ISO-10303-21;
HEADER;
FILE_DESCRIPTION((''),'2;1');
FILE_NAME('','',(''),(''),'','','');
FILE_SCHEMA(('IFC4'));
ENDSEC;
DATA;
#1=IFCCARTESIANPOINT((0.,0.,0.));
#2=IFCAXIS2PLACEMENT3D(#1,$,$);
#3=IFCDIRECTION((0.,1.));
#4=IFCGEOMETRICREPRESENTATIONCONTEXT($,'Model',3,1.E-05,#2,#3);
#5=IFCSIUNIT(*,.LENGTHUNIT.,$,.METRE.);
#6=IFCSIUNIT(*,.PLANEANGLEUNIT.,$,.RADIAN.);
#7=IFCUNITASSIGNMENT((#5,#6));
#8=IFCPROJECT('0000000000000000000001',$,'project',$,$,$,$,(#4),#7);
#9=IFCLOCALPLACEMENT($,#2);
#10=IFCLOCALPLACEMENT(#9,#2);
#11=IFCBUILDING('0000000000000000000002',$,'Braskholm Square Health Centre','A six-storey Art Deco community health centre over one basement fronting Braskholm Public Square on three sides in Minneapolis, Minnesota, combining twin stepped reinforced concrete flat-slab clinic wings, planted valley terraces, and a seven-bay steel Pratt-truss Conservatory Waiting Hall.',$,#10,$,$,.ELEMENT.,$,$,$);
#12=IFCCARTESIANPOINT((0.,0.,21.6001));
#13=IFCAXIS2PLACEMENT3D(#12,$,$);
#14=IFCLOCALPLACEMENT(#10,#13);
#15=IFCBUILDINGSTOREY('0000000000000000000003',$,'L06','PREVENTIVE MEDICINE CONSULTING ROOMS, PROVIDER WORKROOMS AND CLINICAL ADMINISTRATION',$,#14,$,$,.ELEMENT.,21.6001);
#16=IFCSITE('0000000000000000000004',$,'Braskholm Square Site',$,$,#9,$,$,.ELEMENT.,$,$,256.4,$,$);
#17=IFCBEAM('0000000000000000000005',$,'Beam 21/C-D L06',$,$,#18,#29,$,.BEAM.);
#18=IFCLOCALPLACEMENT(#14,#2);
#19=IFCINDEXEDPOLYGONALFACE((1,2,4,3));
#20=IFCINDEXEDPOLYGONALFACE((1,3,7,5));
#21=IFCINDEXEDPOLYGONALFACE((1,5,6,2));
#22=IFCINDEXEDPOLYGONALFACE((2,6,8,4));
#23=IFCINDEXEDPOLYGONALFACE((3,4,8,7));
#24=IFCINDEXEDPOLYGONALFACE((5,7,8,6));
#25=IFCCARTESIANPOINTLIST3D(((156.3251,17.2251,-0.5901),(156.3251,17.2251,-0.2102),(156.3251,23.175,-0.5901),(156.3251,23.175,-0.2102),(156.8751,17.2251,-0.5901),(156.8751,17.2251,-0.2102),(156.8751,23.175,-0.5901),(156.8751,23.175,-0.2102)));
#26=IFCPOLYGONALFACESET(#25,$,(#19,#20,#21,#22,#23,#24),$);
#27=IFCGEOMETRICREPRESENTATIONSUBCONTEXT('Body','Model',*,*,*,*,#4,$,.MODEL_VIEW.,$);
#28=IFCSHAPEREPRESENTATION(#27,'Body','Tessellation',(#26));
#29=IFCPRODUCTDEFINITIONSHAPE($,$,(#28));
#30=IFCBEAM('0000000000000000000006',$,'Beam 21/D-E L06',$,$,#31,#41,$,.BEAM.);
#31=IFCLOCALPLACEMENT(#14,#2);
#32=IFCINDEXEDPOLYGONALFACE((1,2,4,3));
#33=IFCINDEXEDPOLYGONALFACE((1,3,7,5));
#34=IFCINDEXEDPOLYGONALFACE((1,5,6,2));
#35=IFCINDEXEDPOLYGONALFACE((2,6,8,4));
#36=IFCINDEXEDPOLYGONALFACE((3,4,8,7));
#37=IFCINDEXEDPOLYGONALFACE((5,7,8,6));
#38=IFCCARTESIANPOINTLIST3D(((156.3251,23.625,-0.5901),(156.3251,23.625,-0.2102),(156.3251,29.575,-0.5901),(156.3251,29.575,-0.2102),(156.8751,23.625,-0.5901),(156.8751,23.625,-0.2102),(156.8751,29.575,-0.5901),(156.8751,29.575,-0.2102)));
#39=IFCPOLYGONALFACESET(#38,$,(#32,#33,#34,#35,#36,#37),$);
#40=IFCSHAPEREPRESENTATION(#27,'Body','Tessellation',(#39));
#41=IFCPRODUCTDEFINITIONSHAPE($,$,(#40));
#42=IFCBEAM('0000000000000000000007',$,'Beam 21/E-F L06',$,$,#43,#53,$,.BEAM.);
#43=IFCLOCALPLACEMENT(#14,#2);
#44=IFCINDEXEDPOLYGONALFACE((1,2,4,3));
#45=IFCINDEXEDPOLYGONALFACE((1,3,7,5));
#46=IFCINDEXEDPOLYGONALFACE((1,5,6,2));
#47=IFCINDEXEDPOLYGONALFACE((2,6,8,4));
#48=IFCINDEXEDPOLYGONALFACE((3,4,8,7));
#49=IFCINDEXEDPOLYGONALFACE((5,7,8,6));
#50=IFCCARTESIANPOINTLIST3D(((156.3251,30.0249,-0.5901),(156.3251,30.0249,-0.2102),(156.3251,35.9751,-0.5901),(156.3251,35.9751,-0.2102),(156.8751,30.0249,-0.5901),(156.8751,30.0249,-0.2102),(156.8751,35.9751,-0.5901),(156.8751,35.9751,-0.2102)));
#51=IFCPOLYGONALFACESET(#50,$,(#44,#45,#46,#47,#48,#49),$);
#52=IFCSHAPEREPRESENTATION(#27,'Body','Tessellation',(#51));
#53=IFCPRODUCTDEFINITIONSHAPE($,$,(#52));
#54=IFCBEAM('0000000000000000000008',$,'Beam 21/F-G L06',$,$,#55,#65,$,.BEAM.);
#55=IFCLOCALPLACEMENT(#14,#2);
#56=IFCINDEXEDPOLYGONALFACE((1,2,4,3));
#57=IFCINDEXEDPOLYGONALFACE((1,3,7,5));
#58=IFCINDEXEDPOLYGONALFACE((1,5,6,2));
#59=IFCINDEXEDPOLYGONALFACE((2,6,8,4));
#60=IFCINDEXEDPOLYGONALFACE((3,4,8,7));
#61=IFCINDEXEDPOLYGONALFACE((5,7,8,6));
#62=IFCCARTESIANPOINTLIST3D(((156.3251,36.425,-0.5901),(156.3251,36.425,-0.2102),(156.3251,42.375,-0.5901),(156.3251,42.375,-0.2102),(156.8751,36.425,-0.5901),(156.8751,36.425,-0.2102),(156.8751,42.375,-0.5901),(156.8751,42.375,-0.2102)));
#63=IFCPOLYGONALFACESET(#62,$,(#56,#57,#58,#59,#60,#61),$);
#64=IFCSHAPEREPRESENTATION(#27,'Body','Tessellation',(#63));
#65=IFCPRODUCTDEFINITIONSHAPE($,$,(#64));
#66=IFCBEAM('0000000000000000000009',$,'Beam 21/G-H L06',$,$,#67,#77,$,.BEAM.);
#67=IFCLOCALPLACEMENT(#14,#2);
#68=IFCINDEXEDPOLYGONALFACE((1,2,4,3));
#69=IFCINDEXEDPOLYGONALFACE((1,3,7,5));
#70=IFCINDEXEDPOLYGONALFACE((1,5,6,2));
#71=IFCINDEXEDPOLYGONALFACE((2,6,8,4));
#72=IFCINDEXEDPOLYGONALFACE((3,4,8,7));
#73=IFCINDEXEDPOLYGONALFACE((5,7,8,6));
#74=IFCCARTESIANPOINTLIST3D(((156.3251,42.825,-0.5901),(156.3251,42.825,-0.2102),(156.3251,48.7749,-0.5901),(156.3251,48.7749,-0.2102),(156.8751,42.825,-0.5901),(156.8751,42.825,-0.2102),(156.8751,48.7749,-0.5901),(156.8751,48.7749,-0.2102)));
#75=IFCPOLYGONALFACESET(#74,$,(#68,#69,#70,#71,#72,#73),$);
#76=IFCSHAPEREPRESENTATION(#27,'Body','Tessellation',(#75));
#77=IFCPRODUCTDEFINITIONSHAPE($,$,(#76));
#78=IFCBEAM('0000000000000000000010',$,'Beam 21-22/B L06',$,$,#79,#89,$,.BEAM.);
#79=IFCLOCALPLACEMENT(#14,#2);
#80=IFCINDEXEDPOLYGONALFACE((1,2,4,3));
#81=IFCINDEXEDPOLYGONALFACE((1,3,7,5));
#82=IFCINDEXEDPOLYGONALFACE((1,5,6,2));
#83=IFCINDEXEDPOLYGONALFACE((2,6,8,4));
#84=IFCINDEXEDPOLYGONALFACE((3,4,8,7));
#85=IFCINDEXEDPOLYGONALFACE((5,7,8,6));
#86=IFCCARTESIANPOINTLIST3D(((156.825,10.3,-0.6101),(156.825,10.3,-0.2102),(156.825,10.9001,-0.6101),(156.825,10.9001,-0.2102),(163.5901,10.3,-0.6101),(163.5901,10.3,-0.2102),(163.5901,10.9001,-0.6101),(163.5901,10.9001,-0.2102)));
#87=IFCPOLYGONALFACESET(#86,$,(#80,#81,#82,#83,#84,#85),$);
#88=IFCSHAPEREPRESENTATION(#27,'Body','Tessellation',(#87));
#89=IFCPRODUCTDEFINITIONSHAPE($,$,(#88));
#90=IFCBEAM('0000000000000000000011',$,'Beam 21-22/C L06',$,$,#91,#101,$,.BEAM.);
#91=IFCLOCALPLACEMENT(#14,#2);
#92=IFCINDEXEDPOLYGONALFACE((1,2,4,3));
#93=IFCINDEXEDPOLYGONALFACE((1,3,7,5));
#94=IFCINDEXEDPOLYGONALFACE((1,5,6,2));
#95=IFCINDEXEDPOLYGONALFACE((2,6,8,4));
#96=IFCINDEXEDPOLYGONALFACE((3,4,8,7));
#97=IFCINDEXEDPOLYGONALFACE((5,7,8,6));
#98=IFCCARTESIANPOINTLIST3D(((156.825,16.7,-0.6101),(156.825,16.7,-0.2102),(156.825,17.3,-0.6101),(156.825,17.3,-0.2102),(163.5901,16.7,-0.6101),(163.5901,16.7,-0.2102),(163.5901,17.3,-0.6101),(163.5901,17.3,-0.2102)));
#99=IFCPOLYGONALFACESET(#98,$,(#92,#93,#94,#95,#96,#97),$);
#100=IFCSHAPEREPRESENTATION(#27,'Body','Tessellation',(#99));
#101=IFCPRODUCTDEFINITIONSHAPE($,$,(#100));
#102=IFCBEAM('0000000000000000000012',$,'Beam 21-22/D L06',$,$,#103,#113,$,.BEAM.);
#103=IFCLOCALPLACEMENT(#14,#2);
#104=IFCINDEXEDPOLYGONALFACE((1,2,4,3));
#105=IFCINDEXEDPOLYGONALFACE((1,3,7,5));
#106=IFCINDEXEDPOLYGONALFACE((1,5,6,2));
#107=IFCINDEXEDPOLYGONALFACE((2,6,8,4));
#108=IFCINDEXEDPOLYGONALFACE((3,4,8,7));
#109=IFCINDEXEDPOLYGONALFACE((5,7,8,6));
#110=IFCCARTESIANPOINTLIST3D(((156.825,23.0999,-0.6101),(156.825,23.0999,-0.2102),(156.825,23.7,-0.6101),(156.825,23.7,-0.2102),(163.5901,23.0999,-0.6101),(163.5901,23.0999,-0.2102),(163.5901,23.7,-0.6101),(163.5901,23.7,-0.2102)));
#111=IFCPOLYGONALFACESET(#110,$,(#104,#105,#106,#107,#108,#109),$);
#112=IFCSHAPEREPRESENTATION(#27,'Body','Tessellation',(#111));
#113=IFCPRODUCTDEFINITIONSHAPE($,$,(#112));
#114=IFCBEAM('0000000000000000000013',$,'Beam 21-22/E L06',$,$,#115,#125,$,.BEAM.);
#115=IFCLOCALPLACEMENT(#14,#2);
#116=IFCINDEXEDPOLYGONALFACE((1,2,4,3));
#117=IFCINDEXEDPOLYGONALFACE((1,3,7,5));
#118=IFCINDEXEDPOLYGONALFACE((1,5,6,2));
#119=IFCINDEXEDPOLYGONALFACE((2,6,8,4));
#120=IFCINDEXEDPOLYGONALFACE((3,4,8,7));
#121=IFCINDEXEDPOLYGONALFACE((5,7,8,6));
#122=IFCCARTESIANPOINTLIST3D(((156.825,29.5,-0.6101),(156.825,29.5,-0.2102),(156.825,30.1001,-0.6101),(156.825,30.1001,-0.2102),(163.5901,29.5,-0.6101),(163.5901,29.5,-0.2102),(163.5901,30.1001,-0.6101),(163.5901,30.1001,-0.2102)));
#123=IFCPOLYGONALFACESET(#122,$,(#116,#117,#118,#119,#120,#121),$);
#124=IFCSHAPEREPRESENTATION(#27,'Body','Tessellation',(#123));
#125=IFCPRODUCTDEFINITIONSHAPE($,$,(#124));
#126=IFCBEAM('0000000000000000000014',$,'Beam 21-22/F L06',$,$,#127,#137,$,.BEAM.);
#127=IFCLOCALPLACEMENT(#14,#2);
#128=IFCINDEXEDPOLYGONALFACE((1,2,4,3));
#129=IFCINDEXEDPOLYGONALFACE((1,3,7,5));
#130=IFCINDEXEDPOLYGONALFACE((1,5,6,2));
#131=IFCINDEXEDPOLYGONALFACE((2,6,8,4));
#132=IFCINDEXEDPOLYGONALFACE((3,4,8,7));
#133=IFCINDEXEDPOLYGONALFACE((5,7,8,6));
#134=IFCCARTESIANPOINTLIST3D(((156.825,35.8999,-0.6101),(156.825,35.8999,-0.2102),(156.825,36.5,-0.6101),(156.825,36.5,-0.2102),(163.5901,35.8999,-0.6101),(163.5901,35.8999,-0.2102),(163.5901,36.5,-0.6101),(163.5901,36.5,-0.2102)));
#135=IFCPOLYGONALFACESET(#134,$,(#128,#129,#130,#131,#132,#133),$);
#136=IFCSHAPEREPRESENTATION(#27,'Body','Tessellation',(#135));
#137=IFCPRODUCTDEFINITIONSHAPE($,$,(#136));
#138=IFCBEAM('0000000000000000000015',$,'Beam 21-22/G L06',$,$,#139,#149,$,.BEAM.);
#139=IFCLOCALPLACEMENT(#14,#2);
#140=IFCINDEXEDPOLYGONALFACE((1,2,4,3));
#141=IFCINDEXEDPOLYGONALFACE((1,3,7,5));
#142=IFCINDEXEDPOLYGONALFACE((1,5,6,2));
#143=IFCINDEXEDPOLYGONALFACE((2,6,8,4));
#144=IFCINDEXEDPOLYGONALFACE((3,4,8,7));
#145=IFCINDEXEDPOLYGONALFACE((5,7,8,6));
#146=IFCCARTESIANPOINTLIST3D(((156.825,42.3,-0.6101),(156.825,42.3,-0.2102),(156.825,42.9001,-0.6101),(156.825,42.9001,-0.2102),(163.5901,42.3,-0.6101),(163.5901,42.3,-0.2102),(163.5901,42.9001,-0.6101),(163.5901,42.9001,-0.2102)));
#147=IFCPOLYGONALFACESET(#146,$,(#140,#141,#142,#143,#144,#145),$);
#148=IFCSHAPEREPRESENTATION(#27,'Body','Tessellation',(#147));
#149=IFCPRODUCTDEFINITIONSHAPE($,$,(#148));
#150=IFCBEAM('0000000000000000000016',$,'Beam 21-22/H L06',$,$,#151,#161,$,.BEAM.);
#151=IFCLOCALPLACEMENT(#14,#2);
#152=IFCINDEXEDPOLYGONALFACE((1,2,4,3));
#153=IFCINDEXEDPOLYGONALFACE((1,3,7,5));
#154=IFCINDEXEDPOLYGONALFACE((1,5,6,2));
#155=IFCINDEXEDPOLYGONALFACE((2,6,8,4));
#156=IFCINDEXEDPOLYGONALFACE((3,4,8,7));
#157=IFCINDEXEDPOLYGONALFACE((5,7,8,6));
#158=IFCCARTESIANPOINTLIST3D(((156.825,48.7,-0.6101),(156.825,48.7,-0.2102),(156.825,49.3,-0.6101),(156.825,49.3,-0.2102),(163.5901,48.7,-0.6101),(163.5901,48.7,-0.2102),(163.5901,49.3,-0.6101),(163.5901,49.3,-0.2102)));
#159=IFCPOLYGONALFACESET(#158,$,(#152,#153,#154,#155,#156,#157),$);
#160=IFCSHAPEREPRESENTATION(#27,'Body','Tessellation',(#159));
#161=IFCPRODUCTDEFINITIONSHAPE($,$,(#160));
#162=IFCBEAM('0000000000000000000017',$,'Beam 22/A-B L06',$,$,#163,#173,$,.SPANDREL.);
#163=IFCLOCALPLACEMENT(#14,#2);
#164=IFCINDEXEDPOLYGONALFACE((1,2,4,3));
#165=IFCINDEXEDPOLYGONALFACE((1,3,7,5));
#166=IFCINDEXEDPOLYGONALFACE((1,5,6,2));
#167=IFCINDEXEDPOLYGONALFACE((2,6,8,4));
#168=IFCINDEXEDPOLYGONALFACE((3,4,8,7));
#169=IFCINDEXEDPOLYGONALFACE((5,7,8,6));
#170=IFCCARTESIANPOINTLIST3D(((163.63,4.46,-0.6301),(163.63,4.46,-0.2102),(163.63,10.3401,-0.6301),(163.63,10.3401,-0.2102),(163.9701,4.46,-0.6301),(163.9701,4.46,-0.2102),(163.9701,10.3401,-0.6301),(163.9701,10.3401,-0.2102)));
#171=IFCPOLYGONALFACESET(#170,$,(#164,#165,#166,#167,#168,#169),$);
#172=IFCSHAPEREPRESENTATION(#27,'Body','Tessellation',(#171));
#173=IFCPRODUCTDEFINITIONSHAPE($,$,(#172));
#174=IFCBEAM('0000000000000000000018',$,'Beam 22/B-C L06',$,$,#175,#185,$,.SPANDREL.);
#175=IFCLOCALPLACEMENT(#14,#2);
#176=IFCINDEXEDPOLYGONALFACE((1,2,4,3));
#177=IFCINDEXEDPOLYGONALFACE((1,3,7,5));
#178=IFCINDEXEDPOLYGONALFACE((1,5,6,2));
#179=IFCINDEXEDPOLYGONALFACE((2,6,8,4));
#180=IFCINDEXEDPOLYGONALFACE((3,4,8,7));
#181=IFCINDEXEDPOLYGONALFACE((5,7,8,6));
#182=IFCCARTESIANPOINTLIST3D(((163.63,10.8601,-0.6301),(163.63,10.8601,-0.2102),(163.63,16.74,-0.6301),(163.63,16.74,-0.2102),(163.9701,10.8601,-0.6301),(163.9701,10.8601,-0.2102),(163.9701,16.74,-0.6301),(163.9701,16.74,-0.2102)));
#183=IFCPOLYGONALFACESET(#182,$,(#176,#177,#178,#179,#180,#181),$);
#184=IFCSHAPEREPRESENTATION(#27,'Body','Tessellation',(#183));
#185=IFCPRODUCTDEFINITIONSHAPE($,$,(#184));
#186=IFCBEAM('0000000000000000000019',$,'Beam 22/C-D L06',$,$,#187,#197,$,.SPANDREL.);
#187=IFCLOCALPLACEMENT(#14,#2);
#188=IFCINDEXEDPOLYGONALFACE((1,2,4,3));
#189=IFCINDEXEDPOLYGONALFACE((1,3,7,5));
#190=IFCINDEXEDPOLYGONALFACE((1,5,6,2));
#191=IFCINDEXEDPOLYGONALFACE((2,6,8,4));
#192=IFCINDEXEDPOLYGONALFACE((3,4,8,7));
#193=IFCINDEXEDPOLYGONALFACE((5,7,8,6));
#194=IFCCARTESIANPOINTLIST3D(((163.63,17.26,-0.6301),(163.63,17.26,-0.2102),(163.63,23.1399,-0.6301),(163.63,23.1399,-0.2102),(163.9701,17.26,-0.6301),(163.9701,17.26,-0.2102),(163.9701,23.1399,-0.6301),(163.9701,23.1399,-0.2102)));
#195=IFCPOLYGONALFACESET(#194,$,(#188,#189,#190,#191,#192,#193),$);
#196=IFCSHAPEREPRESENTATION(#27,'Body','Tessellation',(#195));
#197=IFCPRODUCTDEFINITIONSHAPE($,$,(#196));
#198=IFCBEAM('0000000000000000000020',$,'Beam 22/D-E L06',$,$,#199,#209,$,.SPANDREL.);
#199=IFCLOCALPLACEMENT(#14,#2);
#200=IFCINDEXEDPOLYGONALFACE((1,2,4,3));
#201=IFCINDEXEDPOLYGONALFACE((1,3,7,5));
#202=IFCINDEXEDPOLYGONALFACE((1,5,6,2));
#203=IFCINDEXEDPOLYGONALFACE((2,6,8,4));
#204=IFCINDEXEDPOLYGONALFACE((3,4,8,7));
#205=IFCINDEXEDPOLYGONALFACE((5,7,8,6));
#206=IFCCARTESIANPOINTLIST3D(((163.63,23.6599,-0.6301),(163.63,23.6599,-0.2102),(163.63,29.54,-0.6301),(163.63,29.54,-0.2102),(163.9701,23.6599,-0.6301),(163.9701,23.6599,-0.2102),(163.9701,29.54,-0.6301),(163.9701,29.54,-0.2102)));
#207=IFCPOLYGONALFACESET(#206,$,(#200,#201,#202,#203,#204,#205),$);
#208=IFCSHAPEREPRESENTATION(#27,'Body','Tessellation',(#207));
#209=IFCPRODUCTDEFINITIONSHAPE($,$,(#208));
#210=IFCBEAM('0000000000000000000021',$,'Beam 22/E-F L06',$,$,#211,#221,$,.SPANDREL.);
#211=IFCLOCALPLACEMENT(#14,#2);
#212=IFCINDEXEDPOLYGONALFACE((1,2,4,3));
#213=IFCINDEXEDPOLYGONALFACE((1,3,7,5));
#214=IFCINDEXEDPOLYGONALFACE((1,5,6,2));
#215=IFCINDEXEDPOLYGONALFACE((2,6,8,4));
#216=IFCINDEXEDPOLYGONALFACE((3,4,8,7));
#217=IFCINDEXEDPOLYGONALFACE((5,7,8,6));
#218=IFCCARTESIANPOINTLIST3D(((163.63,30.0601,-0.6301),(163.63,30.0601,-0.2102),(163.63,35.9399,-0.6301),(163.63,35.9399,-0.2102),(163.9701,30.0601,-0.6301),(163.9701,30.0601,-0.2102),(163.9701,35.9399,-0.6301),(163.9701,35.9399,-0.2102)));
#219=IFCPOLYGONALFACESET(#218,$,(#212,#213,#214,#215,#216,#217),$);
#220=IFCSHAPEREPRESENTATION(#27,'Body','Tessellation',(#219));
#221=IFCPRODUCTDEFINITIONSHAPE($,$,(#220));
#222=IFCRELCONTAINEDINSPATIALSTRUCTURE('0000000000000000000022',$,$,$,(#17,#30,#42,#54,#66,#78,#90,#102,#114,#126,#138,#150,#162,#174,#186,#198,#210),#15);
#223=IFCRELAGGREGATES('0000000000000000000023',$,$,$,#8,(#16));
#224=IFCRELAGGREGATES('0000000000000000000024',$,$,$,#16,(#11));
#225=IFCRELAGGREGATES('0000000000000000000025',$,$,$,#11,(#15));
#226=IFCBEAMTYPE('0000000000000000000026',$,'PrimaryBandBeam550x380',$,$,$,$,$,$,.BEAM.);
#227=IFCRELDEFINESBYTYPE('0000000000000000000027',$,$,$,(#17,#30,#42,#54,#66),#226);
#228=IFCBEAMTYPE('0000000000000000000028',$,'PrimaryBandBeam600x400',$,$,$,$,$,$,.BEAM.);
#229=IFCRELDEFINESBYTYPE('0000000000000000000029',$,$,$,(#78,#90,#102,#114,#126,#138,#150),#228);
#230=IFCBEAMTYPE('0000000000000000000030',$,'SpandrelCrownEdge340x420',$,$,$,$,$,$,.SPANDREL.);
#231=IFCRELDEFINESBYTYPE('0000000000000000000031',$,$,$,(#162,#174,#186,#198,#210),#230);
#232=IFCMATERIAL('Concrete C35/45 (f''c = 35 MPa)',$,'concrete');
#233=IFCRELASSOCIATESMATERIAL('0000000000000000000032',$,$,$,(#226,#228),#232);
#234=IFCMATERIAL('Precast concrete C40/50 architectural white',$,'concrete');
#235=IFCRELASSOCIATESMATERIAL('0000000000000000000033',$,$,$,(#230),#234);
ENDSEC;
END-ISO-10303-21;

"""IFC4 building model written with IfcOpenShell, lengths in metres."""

from ifc_helpers import new_model, si_unit, direction, frame, origin, origin_2d, place, context, subcontext, project, spatial, rectangle, extrude, material, material_profile, profile_set, type_object, element, save


model = new_model("IFC4")

# Units and contexts
model_context = context("Model", 3, precision=1e-05, world=origin(), true_north=direction((0.0, 1.0)))
body_context = subcontext(model_context, "Body", "Model", "MODEL_VIEW")
ifc_project = project(units=[si_unit("LENGTHUNIT", "METRE"), si_unit("PLANEANGLEUNIT", "RADIAN")], contexts=[model_context])

# Site, building, storey
site_placement = place(None, origin())
site = spatial("IfcSite", under=ifc_project, at=site_placement, Name="Braskholm Square Site", CompositionType="ELEMENT", RefElevation=256.4)
building_placement = place(site_placement, origin())
building = spatial("IfcBuilding", under=site, at=building_placement, Name="Braskholm Square Health Centre", Description="A six-storey Art Deco community health centre over one basement fronting Braskholm Public Square on three sides in Minneapolis, Minnesota, combining twin stepped reinforced concrete flat-slab clinic wings, planted valley terraces, and a seven-bay steel Pratt-truss Conservatory Waiting Hall.", CompositionType="ELEMENT")
storey_placement = place(building_placement, frame((0.0, 0.0, 21.6001)))
storey = spatial("IfcBuildingStorey", under=building, at=storey_placement, Name="L06", Description="PREVENTIVE MEDICINE CONSULTING ROOMS, PROVIDER WORKROOMS AND CLINICAL ADMINISTRATION", CompositionType="ELEMENT", Elevation=21.6001)

# Beams
ifc_material_1 = material(Name="Concrete C35/45 (f'c = 35 MPa)", Category="concrete")
ifc_material_profile_1 = material_profile(ifc_material_1, rectangle(XDim=0.55, YDim=0.3799, at=origin_2d()), Name="RCB-550X380")
ifc_profile_set_1 = profile_set([ifc_material_profile_1], Name="Concrete C35/45 (f'c = 35 MPa)")
beam_type_1 = type_object("IfcBeamType", Name="PrimaryBandBeam550x380", PredefinedType="BEAM", material=ifc_profile_set_1)
for number, where, z_axis, x_axis, name in (
    (1, (156.6001, 17.2251, -0.4001), (0.0, 1.0, 0.0), (-1.0, 0.0, 0.0), "Beam 21/C-D L06"),
    (2, (156.6001, 23.625, -0.4001), (0.0, 1.0, 0.0), (-1.0, 0.0, 0.0), "Beam 21/D-E L06"),
):
    element("IfcBeam", number, at=place(storey_placement, frame(where, z_axis=z_axis, x_axis=x_axis)), inside=storey, type_object=beam_type_1, Name=name, PredefinedType="BEAM", context=body_context, shape_type="SweptSolid", body=[
        extrude(rectangle(XDim=0.55, YDim=0.3799, at=origin_2d()), origin(), (0.0, 0.0, 1.0), 5.95),
    ])
beam_1_placement = place(storey_placement, frame((156.6001, 30.0249, -0.4001), z_axis=(0.0, 1.0, 0.0), x_axis=(-1.0, 0.0, 0.0)))
element("IfcBeam", 3, at=beam_1_placement, inside=storey, type_object=beam_type_1, Name="Beam 21/E-F L06", PredefinedType="BEAM", context=body_context, shape_type="SweptSolid", body=[
    extrude(rectangle(XDim=0.55, YDim=0.3799, at=origin_2d()), origin(), (0.0, 0.0, 1.0), 5.9502),
])
for number, where, z_axis, x_axis, name in (
    (4, (156.6001, 36.425, -0.4001), (0.0, 1.0, 0.0), (-1.0, 0.0, 0.0), "Beam 21/F-G L06"),
    (5, (156.6001, 42.825, -0.4001), (0.0, 1.0, 0.0), (-1.0, 0.0, 0.0), "Beam 21/G-H L06"),
):
    element("IfcBeam", number, at=place(storey_placement, frame(where, z_axis=z_axis, x_axis=x_axis)), inside=storey, type_object=beam_type_1, Name=name, PredefinedType="BEAM", context=body_context, shape_type="SweptSolid", body=[
        extrude(rectangle(XDim=0.55, YDim=0.3799, at=origin_2d()), origin(), (0.0, 0.0, 1.0), 5.95),
    ])
ifc_material_profile_2 = material_profile(ifc_material_1, rectangle(XDim=0.6001, YDim=0.3999, at=origin_2d()), Name="RCB-600X400")
ifc_profile_set_2 = profile_set([ifc_material_profile_2], Name="Concrete C35/45 (f'c = 35 MPa)")
beam_type_2 = type_object("IfcBeamType", Name="PrimaryBandBeam600x400", PredefinedType="BEAM", material=ifc_profile_set_2)
for number, where, z_axis, x_axis, name in (
    (6, (156.825, 10.6001, -0.4102), (1.0, 0.0, 0.0), (0.0, 1.0, 0.0), "Beam 21-22/B L06"),
    (7, (156.825, 17.0, -0.4102), (1.0, 0.0, 0.0), (0.0, 1.0, 0.0), "Beam 21-22/C L06"),
    (8, (156.825, 23.3999, -0.4102), (1.0, 0.0, 0.0), (0.0, 1.0, 0.0), "Beam 21-22/D L06"),
    (9, (156.825, 29.8, -0.4102), (1.0, 0.0, 0.0), (0.0, 1.0, 0.0), "Beam 21-22/E L06"),
    (10, (156.825, 36.2, -0.4102), (1.0, 0.0, 0.0), (0.0, 1.0, 0.0), "Beam 21-22/F L06"),
    (11, (156.825, 42.6001, -0.4102), (1.0, 0.0, 0.0), (0.0, 1.0, 0.0), "Beam 21-22/G L06"),
    (12, (156.825, 49.0, -0.4102), (1.0, 0.0, 0.0), (0.0, 1.0, 0.0), "Beam 21-22/H L06"),
):
    element("IfcBeam", number, at=place(storey_placement, frame(where, z_axis=z_axis, x_axis=x_axis)), inside=storey, type_object=beam_type_2, Name=name, PredefinedType="BEAM", context=body_context, shape_type="SweptSolid", body=[
        extrude(rectangle(XDim=0.6001, YDim=0.3999, at=origin_2d()), origin(), (0.0, 0.0, 1.0), 6.7651),
    ])
ifc_material_2 = material(Name="Precast concrete C40/50 architectural white", Category="concrete")
ifc_material_profile_3 = material_profile(ifc_material_2, rectangle(XDim=0.3401, YDim=0.4199, at=origin_2d()), Name="RCB-340X420")
ifc_profile_set_3 = profile_set([ifc_material_profile_3], Name="Precast concrete C40/50 architectural white")
beam_type_3 = type_object("IfcBeamType", Name="SpandrelCrownEdge340x420", PredefinedType="SPANDREL", material=ifc_profile_set_3)
beam_2_placement = place(storey_placement, frame((163.8, 4.46, -0.4202), z_axis=(0.0, 1.0, 0.0), x_axis=(-1.0, 0.0, 0.0)))
element("IfcBeam", 13, at=beam_2_placement, inside=storey, type_object=beam_type_3, Name="Beam 22/A-B L06", PredefinedType="SPANDREL", context=body_context, shape_type="SweptSolid", body=[
    extrude(rectangle(XDim=0.3401, YDim=0.4199, at=origin_2d()), origin(), (0.0, 0.0, 1.0), 5.8801),
])
for number, where, z_axis, x_axis, name in (
    (14, (163.8, 10.8601, -0.4202), (0.0, 1.0, 0.0), (-1.0, 0.0, 0.0), "Beam 22/B-C L06"),
    (15, (163.8, 17.26, -0.4202), (0.0, 1.0, 0.0), (-1.0, 0.0, 0.0), "Beam 22/C-D L06"),
):
    element("IfcBeam", number, at=place(storey_placement, frame(where, z_axis=z_axis, x_axis=x_axis)), inside=storey, type_object=beam_type_3, Name=name, PredefinedType="SPANDREL", context=body_context, shape_type="SweptSolid", body=[
        extrude(rectangle(XDim=0.3401, YDim=0.4199, at=origin_2d()), origin(), (0.0, 0.0, 1.0), 5.8799),
    ])
beam_3_placement = place(storey_placement, frame((163.8, 23.6599, -0.4202), z_axis=(0.0, 1.0, 0.0), x_axis=(-1.0, 0.0, 0.0)))
element("IfcBeam", 16, at=beam_3_placement, inside=storey, type_object=beam_type_3, Name="Beam 22/D-E L06", PredefinedType="SPANDREL", context=body_context, shape_type="SweptSolid", body=[
    extrude(rectangle(XDim=0.3401, YDim=0.4199, at=origin_2d()), origin(), (0.0, 0.0, 1.0), 5.8801),
])
beam_4_placement = place(storey_placement, frame((163.8, 30.0601, -0.4202), z_axis=(0.0, 1.0, 0.0), x_axis=(-1.0, 0.0, 0.0)))
element("IfcBeam", 17, at=beam_4_placement, inside=storey, type_object=beam_type_3, Name="Beam 22/E-F L06", PredefinedType="SPANDREL", context=body_context, shape_type="SweptSolid", body=[
    extrude(rectangle(XDim=0.3401, YDim=0.4199, at=origin_2d()), origin(), (0.0, 0.0, 1.0), 5.8799),
])

save(model, "model.ifc")
